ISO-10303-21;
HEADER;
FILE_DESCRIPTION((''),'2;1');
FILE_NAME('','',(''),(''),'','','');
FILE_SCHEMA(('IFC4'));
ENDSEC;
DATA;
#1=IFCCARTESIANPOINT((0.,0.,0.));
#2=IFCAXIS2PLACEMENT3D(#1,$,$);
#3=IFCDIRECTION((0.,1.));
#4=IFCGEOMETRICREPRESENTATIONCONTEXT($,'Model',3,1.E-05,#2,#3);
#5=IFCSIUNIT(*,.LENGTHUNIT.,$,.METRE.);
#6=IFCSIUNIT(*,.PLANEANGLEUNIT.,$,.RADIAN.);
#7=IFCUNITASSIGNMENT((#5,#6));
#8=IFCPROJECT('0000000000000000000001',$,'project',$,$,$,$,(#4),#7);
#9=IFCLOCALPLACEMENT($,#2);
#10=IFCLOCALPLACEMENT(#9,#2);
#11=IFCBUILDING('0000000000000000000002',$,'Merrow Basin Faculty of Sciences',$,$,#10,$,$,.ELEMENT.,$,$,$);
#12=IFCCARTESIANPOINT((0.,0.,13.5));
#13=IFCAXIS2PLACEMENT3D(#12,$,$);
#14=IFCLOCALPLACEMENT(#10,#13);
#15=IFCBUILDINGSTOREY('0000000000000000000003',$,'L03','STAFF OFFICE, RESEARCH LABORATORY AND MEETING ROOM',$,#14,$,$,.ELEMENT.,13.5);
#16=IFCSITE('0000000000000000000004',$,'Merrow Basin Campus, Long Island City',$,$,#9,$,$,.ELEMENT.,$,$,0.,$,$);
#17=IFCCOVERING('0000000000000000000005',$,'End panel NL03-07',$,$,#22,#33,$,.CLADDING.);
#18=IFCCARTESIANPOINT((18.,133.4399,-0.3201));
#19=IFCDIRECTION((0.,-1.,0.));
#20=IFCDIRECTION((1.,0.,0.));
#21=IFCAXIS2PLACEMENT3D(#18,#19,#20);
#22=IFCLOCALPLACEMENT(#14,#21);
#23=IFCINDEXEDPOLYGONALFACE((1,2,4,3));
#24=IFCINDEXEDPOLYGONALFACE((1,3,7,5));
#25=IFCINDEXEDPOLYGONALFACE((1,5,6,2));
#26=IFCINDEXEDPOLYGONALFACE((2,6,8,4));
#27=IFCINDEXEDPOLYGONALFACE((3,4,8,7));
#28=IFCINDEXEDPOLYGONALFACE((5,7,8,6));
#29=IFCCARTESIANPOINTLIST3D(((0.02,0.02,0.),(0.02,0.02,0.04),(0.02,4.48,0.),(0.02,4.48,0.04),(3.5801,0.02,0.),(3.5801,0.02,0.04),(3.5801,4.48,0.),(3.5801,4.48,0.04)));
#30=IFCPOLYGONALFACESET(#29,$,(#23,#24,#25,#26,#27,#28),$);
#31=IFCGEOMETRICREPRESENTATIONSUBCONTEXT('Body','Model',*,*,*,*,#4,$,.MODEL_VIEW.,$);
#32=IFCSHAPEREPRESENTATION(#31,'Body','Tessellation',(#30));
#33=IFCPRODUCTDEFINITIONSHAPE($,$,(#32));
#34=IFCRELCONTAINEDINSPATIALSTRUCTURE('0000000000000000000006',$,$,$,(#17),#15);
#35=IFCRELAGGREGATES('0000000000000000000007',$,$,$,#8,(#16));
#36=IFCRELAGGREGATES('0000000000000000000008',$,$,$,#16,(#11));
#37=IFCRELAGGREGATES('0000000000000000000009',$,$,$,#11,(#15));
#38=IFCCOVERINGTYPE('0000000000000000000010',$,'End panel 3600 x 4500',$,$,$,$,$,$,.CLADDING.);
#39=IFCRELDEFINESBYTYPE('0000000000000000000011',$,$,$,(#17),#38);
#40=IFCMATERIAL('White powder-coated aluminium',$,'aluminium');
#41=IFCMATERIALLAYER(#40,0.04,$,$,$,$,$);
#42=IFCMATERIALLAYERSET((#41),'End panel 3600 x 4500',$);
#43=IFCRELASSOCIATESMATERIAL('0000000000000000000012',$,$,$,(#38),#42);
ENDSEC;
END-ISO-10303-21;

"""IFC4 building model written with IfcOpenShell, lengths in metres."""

from ifc_helpers import new_model, si_unit, direction, frame, origin, place, context, subcontext, project, spatial, polyline, outline, extrude, source, transform, mapped, material, layer, layer_set, type_object, element, save


model = new_model("IFC4")

# Units and contexts
model_context = context("Model", 3, precision=1e-05, world=origin(), true_north=direction((0.0, 1.0)))
body_context = subcontext(model_context, "Body", "Model", "MODEL_VIEW")
ifc_project = project(units=[si_unit("LENGTHUNIT", "METRE"), si_unit("PLANEANGLEUNIT", "RADIAN")], contexts=[model_context])

# Site, building, storey
site_placement = place(None, origin())
site = spatial("IfcSite", under=ifc_project, at=site_placement, Name="Merrow Basin Campus, Long Island City", CompositionType="ELEMENT", RefElevation=0.0)
building_placement = place(site_placement, origin())
building = spatial("IfcBuilding", under=site, at=building_placement, Name="Merrow Basin Faculty of Sciences", CompositionType="ELEMENT")
storey_placement = place(building_placement, frame((0.0, 0.0, 13.5)))
storey = spatial("IfcBuildingStorey", under=building, at=storey_placement, Name="L03", Description="STAFF OFFICE, RESEARCH LABORATORY AND MEETING ROOM", CompositionType="ELEMENT", Elevation=13.5)

# Covering
ifc_material_1 = material(Name="White powder-coated aluminium", Category="aluminium")
ifc_layer_1 = layer(ifc_material_1, 0.04)
ifc_layer_set_1 = layer_set([ifc_layer_1], Name="End panel 3600 x 4500")
covering_type = type_object("IfcCoveringType", Name="End panel 3600 x 4500", PredefinedType="CLADDING", material=ifc_layer_set_1)
shared_shape_1 = source(origin(), body_context, "Body", "SweptSolid", [
    extrude(outline(polyline([(0.02, 0.02), (3.5801, 0.02), (3.5801, 4.48), (0.02, 4.48), (0.02, 0.02)])), origin(), (0.0, 0.0, 1.0), 0.04),
])
covering_placement = place(storey_placement, frame((18.0, 133.4399, -0.3201), z_axis=(0.0, -1.0, 0.0), x_axis=(1.0, 0.0, 0.0)))
element("IfcCovering", 1, at=covering_placement, inside=storey, type_object=covering_type, Name="End panel NL03-07", PredefinedType="CLADDING", context=body_context, shape_type="MappedRepresentation", body=[
    mapped(shared_shape_1, transform((0.0, 0.0, 0.0), scale=1.0)),
])

save(model, "model.ifc")
